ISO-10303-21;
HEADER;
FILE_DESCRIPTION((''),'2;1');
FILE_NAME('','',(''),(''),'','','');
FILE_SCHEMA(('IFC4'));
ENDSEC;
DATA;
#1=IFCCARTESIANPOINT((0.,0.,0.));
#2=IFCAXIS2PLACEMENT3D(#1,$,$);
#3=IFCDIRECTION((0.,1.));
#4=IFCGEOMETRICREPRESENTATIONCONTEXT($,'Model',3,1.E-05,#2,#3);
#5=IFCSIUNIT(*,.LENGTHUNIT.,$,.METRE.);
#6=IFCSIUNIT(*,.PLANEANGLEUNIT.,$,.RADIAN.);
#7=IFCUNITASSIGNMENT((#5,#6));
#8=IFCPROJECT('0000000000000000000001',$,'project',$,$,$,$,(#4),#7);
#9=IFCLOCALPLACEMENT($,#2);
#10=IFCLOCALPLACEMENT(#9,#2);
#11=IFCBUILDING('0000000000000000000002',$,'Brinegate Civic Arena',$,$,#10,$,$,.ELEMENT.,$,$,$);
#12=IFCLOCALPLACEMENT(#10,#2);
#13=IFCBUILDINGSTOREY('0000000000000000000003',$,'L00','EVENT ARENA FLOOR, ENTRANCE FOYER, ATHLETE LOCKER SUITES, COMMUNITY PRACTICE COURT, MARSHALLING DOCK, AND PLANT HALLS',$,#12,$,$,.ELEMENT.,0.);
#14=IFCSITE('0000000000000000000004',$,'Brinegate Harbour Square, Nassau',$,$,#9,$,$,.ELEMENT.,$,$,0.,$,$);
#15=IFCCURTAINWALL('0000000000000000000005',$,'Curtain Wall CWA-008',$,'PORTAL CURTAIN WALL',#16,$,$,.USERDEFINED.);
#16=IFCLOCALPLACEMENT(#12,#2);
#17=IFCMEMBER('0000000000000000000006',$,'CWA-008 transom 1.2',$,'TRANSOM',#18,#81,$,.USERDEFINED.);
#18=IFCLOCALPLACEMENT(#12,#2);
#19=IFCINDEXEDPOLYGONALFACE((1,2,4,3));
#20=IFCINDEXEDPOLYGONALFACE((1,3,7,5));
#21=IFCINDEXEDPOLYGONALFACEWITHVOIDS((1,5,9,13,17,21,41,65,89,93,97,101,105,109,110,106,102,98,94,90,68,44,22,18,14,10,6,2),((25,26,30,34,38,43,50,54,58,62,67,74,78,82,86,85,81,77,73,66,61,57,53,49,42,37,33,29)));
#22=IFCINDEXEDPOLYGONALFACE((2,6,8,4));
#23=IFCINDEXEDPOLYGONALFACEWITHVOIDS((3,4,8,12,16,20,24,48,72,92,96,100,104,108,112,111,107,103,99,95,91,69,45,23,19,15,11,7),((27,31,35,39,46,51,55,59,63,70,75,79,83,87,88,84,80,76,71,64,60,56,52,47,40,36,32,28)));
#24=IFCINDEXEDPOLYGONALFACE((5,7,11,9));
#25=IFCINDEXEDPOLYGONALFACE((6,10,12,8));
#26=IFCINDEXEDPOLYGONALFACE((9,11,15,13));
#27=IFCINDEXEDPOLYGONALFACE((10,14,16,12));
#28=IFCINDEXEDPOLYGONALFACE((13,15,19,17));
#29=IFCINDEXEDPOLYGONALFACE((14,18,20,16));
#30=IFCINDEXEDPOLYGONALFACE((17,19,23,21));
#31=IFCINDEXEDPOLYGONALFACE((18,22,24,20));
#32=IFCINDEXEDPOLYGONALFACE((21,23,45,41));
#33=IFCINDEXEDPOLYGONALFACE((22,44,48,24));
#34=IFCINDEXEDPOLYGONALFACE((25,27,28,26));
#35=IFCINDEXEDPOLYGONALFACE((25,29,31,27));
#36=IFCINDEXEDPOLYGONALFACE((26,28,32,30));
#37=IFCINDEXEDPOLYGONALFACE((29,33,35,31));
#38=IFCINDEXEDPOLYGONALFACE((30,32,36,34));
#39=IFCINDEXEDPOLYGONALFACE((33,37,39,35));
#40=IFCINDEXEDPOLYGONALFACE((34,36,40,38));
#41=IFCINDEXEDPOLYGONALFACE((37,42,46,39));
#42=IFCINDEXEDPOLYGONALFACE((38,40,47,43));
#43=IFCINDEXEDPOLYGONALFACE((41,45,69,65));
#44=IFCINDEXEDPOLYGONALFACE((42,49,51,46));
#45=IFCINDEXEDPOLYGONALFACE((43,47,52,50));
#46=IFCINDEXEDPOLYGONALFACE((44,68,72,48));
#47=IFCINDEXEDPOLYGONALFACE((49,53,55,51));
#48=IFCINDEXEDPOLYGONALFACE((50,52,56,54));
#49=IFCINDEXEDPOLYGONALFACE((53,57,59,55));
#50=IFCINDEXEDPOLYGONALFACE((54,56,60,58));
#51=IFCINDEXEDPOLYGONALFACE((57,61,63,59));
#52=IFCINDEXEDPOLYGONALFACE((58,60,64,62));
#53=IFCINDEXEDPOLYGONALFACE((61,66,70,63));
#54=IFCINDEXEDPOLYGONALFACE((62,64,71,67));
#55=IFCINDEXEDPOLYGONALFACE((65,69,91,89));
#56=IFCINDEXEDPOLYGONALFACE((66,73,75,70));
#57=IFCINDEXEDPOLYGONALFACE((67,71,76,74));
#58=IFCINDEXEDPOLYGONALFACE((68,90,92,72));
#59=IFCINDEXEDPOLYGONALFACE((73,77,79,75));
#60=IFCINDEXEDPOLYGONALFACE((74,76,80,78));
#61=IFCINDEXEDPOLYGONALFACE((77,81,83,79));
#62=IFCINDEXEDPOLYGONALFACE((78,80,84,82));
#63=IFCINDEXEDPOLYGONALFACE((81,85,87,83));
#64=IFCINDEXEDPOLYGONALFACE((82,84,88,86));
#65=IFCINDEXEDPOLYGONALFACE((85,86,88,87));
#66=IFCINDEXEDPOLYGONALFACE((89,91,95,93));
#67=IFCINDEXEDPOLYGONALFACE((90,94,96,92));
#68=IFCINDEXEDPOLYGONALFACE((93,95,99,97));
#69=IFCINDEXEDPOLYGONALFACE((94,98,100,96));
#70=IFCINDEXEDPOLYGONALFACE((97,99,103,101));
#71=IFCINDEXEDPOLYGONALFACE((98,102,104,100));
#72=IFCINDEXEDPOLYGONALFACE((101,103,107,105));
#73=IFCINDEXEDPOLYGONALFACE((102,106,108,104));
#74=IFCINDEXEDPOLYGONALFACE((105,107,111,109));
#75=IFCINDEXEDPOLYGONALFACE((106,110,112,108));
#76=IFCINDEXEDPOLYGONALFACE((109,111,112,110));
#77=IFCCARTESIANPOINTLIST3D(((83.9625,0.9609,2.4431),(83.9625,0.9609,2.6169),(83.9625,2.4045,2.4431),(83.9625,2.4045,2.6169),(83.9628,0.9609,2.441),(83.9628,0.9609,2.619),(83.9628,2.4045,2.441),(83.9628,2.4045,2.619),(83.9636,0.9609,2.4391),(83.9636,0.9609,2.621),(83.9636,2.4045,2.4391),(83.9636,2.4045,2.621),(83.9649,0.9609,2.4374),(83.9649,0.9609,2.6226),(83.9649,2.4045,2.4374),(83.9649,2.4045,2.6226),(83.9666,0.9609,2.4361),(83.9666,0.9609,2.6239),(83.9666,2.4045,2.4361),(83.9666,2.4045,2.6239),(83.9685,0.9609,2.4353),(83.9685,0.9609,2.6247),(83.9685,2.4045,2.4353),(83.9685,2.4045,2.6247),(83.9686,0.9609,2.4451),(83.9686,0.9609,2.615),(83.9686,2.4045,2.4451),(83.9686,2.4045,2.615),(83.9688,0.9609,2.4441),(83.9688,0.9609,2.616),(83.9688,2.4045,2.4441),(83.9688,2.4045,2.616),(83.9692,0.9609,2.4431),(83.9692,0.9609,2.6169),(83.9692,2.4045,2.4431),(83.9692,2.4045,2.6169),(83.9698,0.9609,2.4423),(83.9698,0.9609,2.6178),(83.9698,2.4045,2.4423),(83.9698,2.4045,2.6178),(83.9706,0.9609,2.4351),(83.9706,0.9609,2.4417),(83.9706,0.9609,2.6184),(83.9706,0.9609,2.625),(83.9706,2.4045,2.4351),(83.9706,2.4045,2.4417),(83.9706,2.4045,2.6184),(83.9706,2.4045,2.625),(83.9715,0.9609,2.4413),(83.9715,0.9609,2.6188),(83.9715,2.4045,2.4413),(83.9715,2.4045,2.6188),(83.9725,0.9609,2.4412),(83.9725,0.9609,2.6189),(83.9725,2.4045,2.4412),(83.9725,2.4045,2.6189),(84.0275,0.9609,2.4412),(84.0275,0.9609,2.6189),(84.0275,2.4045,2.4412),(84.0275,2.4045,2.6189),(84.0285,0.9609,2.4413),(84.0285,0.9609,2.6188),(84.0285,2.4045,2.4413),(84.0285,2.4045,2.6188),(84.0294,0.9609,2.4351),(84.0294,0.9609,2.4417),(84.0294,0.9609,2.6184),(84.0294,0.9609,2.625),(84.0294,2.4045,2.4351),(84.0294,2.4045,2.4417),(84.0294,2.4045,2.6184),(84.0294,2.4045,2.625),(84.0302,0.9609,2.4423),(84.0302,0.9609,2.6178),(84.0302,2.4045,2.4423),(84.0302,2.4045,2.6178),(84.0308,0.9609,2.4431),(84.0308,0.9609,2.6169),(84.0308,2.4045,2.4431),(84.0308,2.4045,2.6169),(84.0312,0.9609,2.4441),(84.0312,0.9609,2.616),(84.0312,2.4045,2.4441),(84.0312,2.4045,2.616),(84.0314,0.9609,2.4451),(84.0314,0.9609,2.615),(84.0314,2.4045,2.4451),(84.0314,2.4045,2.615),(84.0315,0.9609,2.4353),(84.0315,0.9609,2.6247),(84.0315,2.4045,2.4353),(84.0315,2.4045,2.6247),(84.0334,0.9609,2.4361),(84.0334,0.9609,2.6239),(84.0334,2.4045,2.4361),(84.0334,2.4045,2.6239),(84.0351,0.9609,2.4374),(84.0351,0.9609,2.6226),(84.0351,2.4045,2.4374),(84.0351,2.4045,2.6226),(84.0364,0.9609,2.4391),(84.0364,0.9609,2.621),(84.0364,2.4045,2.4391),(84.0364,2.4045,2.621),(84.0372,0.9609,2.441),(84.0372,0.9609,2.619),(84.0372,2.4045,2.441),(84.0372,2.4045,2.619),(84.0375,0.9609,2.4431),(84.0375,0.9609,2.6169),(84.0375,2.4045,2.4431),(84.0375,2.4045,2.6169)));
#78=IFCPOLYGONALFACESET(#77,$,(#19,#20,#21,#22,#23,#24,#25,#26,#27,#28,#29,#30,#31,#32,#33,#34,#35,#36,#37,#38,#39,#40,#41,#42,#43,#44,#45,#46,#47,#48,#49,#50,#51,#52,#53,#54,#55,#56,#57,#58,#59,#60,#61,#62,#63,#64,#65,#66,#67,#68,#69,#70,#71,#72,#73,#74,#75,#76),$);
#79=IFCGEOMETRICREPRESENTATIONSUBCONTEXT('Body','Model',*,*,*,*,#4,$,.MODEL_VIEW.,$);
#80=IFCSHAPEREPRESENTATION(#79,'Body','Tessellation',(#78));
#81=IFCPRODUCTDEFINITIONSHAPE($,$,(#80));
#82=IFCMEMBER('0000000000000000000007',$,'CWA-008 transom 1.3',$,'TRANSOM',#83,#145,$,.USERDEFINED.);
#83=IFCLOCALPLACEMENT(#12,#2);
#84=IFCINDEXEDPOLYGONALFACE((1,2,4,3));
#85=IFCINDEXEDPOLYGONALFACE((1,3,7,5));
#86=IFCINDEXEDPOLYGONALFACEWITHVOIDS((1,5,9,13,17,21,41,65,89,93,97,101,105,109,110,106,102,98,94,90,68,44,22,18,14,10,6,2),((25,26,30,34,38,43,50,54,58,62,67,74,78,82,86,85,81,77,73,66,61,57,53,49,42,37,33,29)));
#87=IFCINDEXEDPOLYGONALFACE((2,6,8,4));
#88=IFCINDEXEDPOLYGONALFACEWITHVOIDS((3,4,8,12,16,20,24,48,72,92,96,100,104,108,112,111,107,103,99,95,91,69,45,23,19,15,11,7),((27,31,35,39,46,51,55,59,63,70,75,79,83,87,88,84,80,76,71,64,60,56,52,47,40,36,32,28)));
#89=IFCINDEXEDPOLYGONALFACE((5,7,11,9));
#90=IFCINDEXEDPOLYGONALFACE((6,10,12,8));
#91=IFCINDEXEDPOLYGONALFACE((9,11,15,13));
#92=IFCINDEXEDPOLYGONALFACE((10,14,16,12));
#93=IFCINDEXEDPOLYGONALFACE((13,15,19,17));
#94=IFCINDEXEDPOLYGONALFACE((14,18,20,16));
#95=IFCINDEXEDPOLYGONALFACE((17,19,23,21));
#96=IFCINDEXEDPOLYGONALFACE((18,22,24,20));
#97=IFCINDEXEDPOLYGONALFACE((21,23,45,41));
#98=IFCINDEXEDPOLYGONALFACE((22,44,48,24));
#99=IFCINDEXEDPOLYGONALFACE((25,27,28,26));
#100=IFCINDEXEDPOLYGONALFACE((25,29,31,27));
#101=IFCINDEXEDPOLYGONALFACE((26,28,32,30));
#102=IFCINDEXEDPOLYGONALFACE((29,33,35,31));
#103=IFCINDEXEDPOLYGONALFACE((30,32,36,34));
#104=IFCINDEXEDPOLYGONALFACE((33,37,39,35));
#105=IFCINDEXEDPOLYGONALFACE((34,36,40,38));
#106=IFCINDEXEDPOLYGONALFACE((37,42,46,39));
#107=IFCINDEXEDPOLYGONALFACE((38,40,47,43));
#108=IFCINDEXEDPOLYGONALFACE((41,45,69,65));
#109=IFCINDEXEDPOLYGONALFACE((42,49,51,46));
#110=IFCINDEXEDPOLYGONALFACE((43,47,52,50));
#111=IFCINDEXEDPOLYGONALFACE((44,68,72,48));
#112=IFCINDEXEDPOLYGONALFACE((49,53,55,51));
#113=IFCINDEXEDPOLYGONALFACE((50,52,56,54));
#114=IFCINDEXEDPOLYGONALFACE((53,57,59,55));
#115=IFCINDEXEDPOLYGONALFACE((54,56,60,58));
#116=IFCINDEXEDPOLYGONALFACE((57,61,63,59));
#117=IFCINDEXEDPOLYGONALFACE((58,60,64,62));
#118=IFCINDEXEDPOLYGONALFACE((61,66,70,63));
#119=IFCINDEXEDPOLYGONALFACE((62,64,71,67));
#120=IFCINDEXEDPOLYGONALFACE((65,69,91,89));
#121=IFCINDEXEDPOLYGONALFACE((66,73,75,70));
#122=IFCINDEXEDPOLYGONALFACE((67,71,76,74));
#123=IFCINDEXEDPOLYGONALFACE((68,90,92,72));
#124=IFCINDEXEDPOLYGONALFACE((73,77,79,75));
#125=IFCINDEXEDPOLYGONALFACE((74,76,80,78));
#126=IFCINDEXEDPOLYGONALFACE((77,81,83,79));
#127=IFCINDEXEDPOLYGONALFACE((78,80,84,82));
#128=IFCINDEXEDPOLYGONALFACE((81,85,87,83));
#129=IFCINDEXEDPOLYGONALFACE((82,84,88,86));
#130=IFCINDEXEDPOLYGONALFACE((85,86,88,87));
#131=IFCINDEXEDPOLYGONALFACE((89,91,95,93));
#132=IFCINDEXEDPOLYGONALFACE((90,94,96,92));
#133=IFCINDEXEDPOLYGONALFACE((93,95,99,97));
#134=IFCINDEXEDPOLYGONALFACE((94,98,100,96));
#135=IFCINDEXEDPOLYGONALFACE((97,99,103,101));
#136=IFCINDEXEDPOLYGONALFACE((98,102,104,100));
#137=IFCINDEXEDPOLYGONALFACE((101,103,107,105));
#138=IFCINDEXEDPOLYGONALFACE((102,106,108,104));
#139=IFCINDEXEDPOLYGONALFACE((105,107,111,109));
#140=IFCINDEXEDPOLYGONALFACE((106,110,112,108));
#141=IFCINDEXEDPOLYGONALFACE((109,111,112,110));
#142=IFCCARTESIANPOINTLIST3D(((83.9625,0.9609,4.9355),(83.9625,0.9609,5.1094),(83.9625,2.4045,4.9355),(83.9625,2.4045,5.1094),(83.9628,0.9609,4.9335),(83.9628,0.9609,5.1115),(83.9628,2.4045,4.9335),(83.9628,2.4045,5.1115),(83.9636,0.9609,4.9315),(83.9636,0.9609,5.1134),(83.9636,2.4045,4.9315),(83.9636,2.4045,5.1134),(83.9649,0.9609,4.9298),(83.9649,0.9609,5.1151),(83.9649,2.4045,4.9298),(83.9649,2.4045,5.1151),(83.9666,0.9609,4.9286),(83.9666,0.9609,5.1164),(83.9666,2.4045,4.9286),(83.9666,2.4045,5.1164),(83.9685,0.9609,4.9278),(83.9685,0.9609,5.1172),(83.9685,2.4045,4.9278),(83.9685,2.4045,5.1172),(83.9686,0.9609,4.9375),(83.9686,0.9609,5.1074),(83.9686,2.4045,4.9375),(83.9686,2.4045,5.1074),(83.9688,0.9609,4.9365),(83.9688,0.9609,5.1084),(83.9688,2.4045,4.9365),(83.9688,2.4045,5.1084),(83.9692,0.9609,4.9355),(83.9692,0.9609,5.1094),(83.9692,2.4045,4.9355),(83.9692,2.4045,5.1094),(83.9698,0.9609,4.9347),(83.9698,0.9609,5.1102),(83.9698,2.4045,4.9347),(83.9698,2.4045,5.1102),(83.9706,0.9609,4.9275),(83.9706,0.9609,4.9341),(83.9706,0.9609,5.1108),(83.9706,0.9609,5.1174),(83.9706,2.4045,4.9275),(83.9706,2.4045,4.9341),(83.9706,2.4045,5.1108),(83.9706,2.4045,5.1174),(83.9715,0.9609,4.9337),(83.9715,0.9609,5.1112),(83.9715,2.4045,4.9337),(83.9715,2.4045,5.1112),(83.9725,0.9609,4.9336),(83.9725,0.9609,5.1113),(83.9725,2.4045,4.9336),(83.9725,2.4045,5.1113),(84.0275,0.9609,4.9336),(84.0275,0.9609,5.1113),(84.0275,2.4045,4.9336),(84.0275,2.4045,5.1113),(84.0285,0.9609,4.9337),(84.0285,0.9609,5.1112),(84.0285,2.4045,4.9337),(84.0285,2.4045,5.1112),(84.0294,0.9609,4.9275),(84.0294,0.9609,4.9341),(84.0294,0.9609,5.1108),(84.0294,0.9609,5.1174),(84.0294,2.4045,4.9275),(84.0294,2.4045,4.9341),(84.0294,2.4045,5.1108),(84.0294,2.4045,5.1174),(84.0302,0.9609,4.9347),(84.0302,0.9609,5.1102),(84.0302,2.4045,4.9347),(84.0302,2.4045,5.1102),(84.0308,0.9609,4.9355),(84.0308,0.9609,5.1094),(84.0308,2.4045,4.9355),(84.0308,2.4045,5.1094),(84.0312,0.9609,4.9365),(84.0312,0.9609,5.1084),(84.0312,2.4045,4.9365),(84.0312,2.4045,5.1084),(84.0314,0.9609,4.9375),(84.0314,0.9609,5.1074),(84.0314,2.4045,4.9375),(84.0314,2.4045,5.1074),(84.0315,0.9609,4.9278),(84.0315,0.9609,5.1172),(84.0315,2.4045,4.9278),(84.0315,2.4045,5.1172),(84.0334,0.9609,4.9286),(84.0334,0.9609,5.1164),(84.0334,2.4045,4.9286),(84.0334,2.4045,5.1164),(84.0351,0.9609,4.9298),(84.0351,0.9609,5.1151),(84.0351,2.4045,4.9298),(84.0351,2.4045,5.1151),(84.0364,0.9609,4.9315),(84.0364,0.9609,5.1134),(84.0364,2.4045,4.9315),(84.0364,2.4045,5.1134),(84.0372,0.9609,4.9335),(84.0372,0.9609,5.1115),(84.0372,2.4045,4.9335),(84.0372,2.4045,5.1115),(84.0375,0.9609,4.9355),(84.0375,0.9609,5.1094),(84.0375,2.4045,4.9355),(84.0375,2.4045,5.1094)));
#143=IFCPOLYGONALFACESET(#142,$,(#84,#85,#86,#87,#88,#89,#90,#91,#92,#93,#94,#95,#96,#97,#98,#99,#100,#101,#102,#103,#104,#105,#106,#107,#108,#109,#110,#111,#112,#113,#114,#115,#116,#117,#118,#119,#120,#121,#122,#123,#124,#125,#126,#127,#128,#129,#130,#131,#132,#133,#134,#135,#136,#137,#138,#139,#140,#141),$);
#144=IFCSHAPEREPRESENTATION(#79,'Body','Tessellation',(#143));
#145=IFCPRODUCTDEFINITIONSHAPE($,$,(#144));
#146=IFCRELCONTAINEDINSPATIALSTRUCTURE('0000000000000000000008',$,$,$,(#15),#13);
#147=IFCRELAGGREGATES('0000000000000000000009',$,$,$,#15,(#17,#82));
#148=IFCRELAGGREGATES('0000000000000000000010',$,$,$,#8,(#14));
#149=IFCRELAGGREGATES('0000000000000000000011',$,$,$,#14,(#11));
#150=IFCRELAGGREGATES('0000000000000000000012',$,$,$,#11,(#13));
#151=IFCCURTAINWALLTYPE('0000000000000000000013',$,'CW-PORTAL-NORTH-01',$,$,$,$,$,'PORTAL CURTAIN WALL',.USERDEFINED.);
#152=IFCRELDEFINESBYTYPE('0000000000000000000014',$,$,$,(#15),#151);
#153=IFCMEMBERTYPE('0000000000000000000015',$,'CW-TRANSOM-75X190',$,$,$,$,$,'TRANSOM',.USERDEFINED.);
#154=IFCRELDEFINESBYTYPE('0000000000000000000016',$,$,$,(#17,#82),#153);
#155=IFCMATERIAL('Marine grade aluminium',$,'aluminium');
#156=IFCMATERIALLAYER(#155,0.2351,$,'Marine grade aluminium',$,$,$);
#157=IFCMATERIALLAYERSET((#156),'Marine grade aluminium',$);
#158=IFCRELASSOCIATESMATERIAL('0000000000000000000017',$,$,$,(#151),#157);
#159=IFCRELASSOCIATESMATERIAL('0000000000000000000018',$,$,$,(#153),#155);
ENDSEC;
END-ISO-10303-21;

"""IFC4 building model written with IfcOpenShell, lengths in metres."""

from ifc_helpers import new_model, si_unit, direction, frame, origin, origin_2d, place, context, subcontext, project, spatial, hollow_rectangle, extrude, material, layer, layer_set, material_profile, profile_set, type_object, element, aggregate, save


model = new_model("IFC4")

# Units and contexts
model_context = context("Model", 3, precision=1e-05, world=origin(), true_north=direction((0.0, 1.0)))
body_context = subcontext(model_context, "Body", "Model", "MODEL_VIEW")
ifc_project = project(units=[si_unit("LENGTHUNIT", "METRE"), si_unit("PLANEANGLEUNIT", "RADIAN")], contexts=[model_context])

# Site, building, storey
site_placement = place(None, origin())
site = spatial("IfcSite", under=ifc_project, at=site_placement, Name="Brinegate Harbour Square, Nassau", CompositionType="ELEMENT", RefElevation=0.0)
building_placement = place(site_placement, origin())
building = spatial("IfcBuilding", under=site, at=building_placement, Name="Brinegate Civic Arena", CompositionType="ELEMENT")
storey_placement = place(building_placement, origin())
storey = spatial("IfcBuildingStorey", under=building, at=storey_placement, Name="L00", Description="EVENT ARENA FLOOR, ENTRANCE FOYER, ATHLETE LOCKER SUITES, COMMUNITY PRACTICE COURT, MARSHALLING DOCK, AND PLANT HALLS", CompositionType="ELEMENT", Elevation=0.0)

# Curtain wall, members
ifc_material_1 = material(Name="Marine grade aluminium", Category="aluminium")
ifc_layer_1 = layer(ifc_material_1, 0.2351, Name="Marine grade aluminium")
ifc_layer_set_1 = layer_set([ifc_layer_1], Name="Marine grade aluminium")
curtain_wall_type = type_object("IfcCurtainWallType", Name="CW-PORTAL-NORTH-01", ElementType="PORTAL CURTAIN WALL", PredefinedType="USERDEFINED", material=ifc_layer_set_1)
curtain_wall_placement = place(storey_placement, origin())
curtain_wall = element("IfcCurtainWall", 1, at=curtain_wall_placement, inside=storey, type_object=curtain_wall_type, Name="Curtain Wall CWA-008", ObjectType="PORTAL CURTAIN WALL", PredefinedType="USERDEFINED")
ifc_material_profile_1 = material_profile(ifc_material_1, hollow_rectangle(XDim=0.075, YDim=0.1899, WallThickness=0.0061, InnerFilletRadius=0.0039, OuterFilletRadius=0.0081, at=origin_2d()), Name="TRN75X190")
ifc_profile_set_1 = profile_set([ifc_material_profile_1], Name="Marine grade aluminium")
member_type_1 = type_object("IfcMemberType", Name="CW-TRANSOM-75X190", ElementType="TRANSOM", PredefinedType="USERDEFINED", material=ifc_profile_set_1)
member_1_placement = place(storey_placement, frame((84.0, 0.9609, 2.53), z_axis=(0.0, 1.0, 0.0), x_axis=(-1.0, 0.0, 0.0)))
member_1 = element("IfcMember", 2, at=member_1_placement, type_object=member_type_1, Name="CWA-008 transom 1.2", ObjectType="TRANSOM", PredefinedType="USERDEFINED", context=body_context, shape_type="SweptSolid", body=[
    extrude(hollow_rectangle(XDim=0.075, YDim=0.1899, WallThickness=0.0061, InnerFilletRadius=0.0039, OuterFilletRadius=0.0081, at=origin_2d()), origin(), (0.0, 0.0, 1.0), 1.4436),
])
member_2_placement = place(storey_placement, frame((84.0, 0.9609, 5.0225), z_axis=(0.0, 1.0, 0.0), x_axis=(-1.0, 0.0, 0.0)))
member_2 = element("IfcMember", 3, at=member_2_placement, type_object=member_type_1, Name="CWA-008 transom 1.3", ObjectType="TRANSOM", PredefinedType="USERDEFINED", context=body_context, shape_type="SweptSolid", body=[
    extrude(hollow_rectangle(XDim=0.075, YDim=0.1899, WallThickness=0.0061, InnerFilletRadius=0.0039, OuterFilletRadius=0.0081, at=origin_2d()), origin(), (0.0, 0.0, 1.0), 1.4436),
])
aggregate(curtain_wall, [member_1, member_2])

save(model, "model.ifc")
